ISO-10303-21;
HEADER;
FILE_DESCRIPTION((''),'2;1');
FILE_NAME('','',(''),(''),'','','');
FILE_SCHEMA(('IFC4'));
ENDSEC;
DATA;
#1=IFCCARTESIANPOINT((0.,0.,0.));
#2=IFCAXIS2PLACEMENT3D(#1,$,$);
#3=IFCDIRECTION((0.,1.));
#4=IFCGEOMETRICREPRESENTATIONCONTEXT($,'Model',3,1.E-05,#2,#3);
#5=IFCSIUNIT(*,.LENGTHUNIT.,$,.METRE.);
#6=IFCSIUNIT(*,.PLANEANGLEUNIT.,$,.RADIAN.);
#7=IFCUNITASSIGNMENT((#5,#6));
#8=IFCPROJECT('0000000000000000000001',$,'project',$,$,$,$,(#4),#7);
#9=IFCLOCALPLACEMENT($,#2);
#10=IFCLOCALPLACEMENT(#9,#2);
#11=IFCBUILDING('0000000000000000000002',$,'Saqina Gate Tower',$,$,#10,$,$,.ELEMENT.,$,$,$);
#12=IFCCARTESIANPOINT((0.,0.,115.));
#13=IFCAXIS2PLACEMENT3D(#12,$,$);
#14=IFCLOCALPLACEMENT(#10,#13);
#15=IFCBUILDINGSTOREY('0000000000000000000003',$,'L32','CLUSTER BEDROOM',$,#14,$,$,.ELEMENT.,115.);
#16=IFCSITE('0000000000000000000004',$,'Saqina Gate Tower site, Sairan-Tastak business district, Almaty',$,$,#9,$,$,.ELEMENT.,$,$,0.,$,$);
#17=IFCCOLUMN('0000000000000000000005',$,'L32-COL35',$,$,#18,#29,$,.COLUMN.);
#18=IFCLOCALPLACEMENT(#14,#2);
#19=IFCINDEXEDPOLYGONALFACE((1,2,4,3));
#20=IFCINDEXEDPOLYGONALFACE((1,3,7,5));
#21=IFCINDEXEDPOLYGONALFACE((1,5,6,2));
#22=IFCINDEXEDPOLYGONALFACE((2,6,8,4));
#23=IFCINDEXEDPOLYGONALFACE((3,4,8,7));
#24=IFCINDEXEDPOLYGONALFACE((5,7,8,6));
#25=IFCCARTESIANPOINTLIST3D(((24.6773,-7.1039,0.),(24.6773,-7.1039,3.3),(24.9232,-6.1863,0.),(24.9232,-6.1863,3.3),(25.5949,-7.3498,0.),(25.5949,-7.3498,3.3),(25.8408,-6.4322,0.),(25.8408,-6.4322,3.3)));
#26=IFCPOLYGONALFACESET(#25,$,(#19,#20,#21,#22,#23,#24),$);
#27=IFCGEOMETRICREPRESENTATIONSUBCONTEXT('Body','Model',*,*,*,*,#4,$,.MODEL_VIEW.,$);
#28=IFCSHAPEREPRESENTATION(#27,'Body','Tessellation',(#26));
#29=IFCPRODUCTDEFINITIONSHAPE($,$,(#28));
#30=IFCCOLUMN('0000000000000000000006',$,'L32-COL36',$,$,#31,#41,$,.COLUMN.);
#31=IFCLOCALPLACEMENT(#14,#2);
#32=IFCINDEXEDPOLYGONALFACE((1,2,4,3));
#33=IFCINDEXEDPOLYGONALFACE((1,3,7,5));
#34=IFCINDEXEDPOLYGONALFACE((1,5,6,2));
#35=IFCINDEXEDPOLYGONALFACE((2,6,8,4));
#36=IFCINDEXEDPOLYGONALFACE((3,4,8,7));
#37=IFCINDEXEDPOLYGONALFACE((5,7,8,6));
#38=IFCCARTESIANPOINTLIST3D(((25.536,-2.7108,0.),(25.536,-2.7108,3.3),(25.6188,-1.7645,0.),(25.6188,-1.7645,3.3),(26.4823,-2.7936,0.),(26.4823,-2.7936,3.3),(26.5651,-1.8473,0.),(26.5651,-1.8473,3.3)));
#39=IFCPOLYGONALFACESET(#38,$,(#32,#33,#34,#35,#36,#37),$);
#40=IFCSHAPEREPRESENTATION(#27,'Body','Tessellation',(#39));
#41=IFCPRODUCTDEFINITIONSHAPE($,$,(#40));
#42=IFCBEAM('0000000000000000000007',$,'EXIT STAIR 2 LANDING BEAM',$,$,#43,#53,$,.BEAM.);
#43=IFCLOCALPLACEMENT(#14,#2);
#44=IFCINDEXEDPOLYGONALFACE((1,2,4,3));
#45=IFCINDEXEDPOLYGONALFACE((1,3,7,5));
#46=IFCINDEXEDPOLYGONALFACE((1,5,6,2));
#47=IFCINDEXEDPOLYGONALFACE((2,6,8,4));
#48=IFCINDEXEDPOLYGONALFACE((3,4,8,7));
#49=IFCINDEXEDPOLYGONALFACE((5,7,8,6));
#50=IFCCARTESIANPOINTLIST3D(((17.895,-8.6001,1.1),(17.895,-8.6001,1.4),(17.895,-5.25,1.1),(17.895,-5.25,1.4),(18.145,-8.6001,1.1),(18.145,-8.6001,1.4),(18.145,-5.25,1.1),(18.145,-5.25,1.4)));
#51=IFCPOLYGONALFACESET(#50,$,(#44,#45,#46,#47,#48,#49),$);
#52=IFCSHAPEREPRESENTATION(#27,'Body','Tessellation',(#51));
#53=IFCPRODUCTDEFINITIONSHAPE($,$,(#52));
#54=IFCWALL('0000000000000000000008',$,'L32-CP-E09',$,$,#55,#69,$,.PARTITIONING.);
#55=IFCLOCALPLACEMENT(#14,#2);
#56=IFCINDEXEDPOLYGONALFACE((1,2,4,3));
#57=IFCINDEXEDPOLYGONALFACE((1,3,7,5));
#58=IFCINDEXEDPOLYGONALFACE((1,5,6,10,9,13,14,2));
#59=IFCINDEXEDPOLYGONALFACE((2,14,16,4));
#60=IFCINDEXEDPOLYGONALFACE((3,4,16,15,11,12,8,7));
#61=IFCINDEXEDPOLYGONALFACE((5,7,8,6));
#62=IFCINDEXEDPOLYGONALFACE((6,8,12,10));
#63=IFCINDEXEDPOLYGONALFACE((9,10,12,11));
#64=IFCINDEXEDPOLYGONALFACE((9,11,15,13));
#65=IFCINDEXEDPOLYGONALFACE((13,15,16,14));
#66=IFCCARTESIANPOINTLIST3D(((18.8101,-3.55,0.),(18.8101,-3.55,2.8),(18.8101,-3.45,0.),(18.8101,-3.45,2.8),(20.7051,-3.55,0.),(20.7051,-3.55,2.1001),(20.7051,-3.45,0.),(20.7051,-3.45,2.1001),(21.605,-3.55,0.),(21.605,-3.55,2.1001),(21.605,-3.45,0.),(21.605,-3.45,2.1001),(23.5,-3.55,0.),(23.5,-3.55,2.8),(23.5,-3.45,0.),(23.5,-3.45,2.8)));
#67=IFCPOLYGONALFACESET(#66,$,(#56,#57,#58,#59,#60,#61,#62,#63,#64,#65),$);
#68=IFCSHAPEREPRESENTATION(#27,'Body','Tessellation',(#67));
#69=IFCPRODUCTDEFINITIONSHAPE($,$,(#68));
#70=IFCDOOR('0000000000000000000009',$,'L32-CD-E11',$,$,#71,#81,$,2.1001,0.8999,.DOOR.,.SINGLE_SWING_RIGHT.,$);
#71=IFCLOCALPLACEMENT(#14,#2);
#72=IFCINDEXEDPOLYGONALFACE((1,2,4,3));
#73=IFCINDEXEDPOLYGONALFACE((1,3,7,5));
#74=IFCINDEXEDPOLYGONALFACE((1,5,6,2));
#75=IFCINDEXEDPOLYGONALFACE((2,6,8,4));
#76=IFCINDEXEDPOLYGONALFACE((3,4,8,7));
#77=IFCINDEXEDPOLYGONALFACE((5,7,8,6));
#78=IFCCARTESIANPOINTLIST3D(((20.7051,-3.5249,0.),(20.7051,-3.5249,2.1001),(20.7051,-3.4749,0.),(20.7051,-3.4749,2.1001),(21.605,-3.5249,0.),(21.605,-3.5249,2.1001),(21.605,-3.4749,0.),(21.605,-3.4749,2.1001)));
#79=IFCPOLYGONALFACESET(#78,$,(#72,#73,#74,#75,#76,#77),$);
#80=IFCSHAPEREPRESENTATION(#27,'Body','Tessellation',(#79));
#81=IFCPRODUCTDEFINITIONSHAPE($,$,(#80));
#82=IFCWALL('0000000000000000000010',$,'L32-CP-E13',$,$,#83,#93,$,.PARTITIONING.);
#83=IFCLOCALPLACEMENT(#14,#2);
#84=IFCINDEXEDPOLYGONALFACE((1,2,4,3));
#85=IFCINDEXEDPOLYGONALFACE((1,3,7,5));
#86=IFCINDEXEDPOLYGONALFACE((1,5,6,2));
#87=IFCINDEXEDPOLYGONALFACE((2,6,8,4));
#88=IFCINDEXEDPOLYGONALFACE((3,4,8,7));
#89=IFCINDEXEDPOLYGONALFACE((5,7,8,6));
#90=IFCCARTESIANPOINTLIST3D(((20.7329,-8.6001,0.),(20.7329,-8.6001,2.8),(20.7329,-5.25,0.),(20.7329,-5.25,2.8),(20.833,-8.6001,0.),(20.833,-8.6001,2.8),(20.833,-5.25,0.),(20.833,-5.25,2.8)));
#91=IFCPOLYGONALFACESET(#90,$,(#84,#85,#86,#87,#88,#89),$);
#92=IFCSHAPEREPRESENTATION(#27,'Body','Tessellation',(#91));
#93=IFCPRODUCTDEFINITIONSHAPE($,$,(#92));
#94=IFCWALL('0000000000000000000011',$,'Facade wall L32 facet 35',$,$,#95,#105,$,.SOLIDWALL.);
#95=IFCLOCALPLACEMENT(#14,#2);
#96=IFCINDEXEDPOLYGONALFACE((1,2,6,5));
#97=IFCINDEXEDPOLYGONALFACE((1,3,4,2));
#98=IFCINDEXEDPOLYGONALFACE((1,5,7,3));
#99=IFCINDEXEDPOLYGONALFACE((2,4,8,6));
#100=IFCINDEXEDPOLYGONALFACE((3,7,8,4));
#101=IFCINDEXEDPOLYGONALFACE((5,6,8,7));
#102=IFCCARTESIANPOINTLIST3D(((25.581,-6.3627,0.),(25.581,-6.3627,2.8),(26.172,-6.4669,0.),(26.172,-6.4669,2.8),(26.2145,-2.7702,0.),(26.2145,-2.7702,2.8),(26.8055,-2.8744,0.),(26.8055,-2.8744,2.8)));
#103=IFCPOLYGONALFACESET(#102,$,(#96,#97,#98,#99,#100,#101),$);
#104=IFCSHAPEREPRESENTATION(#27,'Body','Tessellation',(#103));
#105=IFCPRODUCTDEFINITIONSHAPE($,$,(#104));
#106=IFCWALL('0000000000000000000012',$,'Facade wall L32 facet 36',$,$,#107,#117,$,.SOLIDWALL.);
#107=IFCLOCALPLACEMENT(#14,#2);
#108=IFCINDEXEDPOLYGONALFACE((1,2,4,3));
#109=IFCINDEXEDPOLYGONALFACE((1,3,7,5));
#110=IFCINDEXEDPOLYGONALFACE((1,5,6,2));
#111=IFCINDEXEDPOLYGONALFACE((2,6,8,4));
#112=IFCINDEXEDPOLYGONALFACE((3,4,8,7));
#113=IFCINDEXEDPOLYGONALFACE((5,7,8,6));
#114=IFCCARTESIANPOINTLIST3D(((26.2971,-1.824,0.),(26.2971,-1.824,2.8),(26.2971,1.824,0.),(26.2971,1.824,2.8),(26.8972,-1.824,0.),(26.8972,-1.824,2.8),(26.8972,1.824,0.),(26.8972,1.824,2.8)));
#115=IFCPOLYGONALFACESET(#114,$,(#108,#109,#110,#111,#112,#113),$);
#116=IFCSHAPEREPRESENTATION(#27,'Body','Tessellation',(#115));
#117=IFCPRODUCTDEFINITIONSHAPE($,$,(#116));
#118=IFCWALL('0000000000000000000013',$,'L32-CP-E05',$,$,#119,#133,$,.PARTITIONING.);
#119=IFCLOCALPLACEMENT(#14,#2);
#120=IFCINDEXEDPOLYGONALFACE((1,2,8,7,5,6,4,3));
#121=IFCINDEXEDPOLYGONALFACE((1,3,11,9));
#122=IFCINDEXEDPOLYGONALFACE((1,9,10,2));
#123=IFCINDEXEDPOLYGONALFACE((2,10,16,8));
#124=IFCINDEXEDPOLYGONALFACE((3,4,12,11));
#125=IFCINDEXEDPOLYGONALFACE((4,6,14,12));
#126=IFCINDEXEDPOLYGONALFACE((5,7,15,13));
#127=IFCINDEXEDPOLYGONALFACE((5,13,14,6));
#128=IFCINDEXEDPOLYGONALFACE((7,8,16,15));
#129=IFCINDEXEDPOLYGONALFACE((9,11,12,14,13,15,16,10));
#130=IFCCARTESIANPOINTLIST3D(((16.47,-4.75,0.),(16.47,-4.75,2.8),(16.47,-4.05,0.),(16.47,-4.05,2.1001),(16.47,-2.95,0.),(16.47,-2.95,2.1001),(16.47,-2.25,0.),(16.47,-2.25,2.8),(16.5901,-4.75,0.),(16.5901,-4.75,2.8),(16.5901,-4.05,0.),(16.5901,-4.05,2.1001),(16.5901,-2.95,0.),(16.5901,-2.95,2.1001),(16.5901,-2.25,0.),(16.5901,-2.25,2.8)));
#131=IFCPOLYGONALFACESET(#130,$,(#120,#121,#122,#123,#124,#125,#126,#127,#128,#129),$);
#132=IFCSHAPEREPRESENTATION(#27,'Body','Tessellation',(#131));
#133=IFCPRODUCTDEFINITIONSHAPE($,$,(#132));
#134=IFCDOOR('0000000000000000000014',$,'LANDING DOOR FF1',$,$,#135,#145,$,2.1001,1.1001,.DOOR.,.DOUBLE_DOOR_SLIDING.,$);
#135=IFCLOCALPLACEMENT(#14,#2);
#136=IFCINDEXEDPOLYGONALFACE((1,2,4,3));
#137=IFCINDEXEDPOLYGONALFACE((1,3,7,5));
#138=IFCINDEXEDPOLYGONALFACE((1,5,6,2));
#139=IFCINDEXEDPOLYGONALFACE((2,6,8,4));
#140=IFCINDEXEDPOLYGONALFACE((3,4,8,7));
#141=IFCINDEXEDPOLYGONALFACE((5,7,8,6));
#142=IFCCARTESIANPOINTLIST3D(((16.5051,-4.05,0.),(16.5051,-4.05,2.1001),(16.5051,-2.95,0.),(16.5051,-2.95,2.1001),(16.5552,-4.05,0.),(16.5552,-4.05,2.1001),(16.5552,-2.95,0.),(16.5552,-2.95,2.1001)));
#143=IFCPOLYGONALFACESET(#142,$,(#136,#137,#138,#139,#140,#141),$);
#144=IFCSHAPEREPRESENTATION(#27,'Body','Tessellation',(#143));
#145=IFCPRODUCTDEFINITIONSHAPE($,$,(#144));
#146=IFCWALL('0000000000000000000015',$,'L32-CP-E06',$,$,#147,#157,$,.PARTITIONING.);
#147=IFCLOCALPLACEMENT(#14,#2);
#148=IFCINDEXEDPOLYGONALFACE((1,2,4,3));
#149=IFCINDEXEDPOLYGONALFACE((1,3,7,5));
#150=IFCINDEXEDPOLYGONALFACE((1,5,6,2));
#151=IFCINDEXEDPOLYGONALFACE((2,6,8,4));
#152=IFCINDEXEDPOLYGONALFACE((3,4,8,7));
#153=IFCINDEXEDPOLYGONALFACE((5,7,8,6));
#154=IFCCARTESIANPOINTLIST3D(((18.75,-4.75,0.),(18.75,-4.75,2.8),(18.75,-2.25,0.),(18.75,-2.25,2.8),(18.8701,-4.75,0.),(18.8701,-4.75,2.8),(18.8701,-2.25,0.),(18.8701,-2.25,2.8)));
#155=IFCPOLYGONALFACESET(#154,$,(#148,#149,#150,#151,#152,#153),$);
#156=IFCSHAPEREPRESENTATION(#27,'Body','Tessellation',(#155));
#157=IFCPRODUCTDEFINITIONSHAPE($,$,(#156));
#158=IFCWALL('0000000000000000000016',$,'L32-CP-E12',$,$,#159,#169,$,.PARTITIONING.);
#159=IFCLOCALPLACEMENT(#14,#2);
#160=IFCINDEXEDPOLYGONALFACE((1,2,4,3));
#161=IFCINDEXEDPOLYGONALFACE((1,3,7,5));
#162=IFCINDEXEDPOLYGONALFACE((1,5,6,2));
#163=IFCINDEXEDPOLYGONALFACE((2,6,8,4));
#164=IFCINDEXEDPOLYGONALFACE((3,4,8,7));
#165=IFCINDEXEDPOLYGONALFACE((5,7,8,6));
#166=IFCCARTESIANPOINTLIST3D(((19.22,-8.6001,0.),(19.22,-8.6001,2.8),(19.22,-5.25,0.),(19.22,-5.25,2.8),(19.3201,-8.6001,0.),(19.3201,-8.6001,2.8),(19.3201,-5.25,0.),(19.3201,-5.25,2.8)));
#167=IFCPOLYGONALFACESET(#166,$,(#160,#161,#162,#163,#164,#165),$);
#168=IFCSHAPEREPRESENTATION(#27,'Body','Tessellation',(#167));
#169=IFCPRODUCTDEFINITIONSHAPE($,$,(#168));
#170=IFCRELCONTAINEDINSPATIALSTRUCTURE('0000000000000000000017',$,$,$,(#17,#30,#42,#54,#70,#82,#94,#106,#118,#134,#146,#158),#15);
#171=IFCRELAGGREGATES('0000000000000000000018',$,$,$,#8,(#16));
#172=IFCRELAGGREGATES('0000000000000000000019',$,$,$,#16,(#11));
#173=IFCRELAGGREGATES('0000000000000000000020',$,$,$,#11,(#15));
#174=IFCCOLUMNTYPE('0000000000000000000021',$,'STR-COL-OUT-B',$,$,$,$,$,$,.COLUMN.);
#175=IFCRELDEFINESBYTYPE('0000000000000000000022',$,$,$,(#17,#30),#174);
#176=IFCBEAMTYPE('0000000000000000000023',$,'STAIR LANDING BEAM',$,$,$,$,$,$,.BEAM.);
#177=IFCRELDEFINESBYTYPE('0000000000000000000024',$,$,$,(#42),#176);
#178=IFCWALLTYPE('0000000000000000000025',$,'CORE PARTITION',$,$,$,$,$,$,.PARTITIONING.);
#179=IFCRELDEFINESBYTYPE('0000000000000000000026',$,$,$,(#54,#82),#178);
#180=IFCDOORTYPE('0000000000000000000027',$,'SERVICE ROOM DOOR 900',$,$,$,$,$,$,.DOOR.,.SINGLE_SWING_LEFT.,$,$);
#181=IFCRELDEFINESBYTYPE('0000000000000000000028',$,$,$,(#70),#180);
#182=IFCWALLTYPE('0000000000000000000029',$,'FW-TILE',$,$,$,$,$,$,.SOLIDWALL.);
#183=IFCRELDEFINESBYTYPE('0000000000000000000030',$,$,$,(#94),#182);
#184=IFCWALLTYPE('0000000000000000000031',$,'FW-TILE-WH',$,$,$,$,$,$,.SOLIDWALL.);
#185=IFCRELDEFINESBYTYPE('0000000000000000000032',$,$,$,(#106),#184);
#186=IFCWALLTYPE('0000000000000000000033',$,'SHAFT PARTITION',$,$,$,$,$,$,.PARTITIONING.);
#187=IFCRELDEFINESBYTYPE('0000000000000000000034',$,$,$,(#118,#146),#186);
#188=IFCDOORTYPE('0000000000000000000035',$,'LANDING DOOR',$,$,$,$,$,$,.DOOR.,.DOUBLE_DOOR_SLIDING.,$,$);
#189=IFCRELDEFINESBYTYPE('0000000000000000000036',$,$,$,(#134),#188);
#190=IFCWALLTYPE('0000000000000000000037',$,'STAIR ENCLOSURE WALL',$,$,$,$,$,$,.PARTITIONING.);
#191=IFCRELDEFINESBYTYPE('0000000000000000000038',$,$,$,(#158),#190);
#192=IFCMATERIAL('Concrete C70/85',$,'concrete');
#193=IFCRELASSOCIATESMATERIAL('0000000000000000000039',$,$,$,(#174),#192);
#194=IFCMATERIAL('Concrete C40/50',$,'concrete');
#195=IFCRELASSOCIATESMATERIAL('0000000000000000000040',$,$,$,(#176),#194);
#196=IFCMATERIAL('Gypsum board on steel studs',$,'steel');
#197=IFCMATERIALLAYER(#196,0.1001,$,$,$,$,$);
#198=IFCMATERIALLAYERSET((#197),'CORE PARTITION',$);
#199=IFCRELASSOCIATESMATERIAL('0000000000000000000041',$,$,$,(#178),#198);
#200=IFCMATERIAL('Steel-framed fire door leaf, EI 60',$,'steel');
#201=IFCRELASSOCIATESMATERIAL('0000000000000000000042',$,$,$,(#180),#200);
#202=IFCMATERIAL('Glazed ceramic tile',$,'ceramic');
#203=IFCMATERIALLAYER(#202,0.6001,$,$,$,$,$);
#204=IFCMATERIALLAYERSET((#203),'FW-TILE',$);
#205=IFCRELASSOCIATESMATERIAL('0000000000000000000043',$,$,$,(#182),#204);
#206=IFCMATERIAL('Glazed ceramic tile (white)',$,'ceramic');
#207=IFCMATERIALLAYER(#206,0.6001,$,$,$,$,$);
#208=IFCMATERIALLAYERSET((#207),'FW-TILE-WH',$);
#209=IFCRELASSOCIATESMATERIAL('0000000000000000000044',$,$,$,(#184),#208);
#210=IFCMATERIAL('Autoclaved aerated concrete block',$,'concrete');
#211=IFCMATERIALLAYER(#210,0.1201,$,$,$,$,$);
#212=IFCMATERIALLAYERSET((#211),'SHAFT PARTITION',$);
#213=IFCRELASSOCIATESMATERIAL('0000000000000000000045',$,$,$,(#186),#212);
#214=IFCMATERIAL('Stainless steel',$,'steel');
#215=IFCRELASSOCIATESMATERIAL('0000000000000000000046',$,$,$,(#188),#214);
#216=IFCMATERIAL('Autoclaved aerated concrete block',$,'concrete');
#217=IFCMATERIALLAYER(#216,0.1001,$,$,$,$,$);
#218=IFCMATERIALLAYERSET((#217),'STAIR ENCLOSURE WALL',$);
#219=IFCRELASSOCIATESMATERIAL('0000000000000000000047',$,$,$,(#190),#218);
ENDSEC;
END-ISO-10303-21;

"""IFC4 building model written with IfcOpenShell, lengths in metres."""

from ifc_helpers import new_model, si_unit, direction, frame, frame_2d, origin, origin_2d, place, context, subcontext, project, spatial, rectangle, extrude, material, layer, layer_set, material_profile, profile_set, type_object, element, fill, save


model = new_model("IFC4")

# Units and contexts
model_context = context("Model", 3, precision=1e-05, world=origin(), true_north=direction((0.0, 1.0)))
body_context = subcontext(model_context, "Body", "Model", "MODEL_VIEW")
ifc_project = project(units=[si_unit("LENGTHUNIT", "METRE"), si_unit("PLANEANGLEUNIT", "RADIAN")], contexts=[model_context])

# Site, building, storey
site_placement = place(None, origin())
site = spatial("IfcSite", under=ifc_project, at=site_placement, Name="Saqina Gate Tower site, Sairan-Tastak business district, Almaty", CompositionType="ELEMENT", RefElevation=0.0)
building_placement = place(site_placement, origin())
building = spatial("IfcBuilding", under=site, at=building_placement, Name="Saqina Gate Tower", CompositionType="ELEMENT")
storey_placement = place(building_placement, frame((0.0, 0.0, 115.0)))
storey = spatial("IfcBuildingStorey", under=building, at=storey_placement, Name="L32", Description="CLUSTER BEDROOM", CompositionType="ELEMENT", Elevation=115.0)

# Columns
ifc_material_1 = material(Name="Concrete C70/85", Category="concrete")
ifc_material_profile_1 = material_profile(ifc_material_1, rectangle(XDim=0.95, YDim=0.95, at=origin_2d()), Name="RC 950x950")
ifc_profile_set_1 = profile_set([ifc_material_profile_1], Name="Concrete C70/85")
column_type = type_object("IfcColumnType", Name="STR-COL-OUT-B", PredefinedType="COLUMN", material=ifc_profile_set_1)
for number, where, z_axis, x_axis, name in (
    (1, (25.259, -6.7681, 0.0), (0.0, 0.0, 1.0), (0.965926, -0.258819, 0.0), "L32-COL35"),
    (2, (26.0505, -2.2791, 0.0), (0.0, 0.0, 1.0), (0.996195, -0.087156, 0.0), "L32-COL36"),
):
    element("IfcColumn", number, at=place(storey_placement, frame(where, z_axis=z_axis, x_axis=x_axis)), inside=storey, type_object=column_type, Name=name, PredefinedType="COLUMN", context=body_context, shape_type="SweptSolid", body=[
        extrude(rectangle(XDim=0.95, YDim=0.95, at=origin_2d()), origin(), (0.0, 0.0, 1.0), 3.3),
    ])

# Beam
ifc_material_2 = material(Name="Concrete C40/50", Category="concrete")
ifc_material_profile_2 = material_profile(ifc_material_2, rectangle(XDim=0.25, YDim=0.3, at=origin_2d()), Name="STAIR LANDING BEAM")
ifc_profile_set_2 = profile_set([ifc_material_profile_2], Name="Concrete C40/50")
beam_type = type_object("IfcBeamType", Name="STAIR LANDING BEAM", PredefinedType="BEAM", material=ifc_profile_set_2)
beam_placement = place(storey_placement, frame((18.02, -8.6001, 1.25), z_axis=(0.0, 1.0, 0.0), x_axis=(-1.0, 0.0, 0.0)))
element("IfcBeam", 3, at=beam_placement, inside=storey, type_object=beam_type, Name="EXIT STAIR 2 LANDING BEAM", PredefinedType="BEAM", context=body_context, shape_type="SweptSolid", body=[
    extrude(rectangle(XDim=0.25, YDim=0.3, at=origin_2d()), origin(), (0.0, 0.0, 1.0), 3.3501),
])

# Wall, opening, door
ifc_material_3 = material(Name="Gypsum board on steel studs", Category="steel")
ifc_layer_1 = layer(ifc_material_3, 0.1001)
ifc_layer_set_1 = layer_set([ifc_layer_1], Name="CORE PARTITION")
wall_type_1 = type_object("IfcWallType", Name="CORE PARTITION", PredefinedType="PARTITIONING", material=ifc_layer_set_1)
wall_1_placement = place(storey_placement, frame((18.8101, -3.5, 0.0), z_axis=(0.0, 0.0, 1.0), x_axis=(1.0, 0.0, 0.0)))
wall_1 = element("IfcWall", 4, at=wall_1_placement, inside=storey, type_object=wall_type_1, Name="L32-CP-E09", PredefinedType="PARTITIONING", context=body_context, shape_type="SweptSolid", body=[
    extrude(rectangle(XDim=4.6899, YDim=0.1001, at=frame_2d((2.345, 0.0))), origin(), (0.0, 0.0, 1.0), 2.8),
])
opening_1_placement = place(wall_1_placement, frame((1.895, 0.0, 0.0)))
opening_1 = element("IfcOpeningElement", 5, at=opening_1_placement, cuts=wall_1, PredefinedType="OPENING", context=body_context, shape_type="SweptSolid", body=[
    extrude(rectangle(XDim=0.8999, YDim=2.1001, at=frame_2d((0.45, 1.05))), frame((0.0, 0.062, 0.0), z_axis=(0.0, -1.0, 0.0), x_axis=(1.0, 0.0, 0.0)), (0.0, 0.0, 1.0), 0.124),
])
ifc_material_4 = material(Name="Steel-framed fire door leaf, EI 60", Category="steel")
door_type_1 = type_object("IfcDoorType", Name="SERVICE ROOM DOOR 900", OperationType="SINGLE_SWING_LEFT", PredefinedType="DOOR", material=ifc_material_4)
door_1_placement = place(opening_1_placement, frame((0.8999, 0.0, 0.0), z_axis=(0.0, 0.0, 1.0), x_axis=(-1.0, 0.0, 0.0)))
door_1 = element("IfcDoor", 6, at=door_1_placement, inside=storey, type_object=door_type_1, Name="L32-CD-E11", OperationType="SINGLE_SWING_RIGHT", OverallHeight=2.1001, OverallWidth=0.8999, PredefinedType="DOOR", context=body_context, shape_type="SweptSolid", body=[
    extrude(rectangle(XDim=0.8999, YDim=2.1001, at=frame_2d((0.45, 1.05))), frame((0.0, 0.0249, 0.0), z_axis=(0.0, -1.0, 0.0), x_axis=(1.0, 0.0, 0.0)), (0.0, 0.0, 1.0), 0.05),
])
fill(opening_1, door_1)

# Walls
wall_2_placement = place(storey_placement, frame((20.783, -8.6001, 0.0), z_axis=(0.0, 0.0, 1.0), x_axis=(0.0, 1.0, 0.0)))
element("IfcWall", 7, at=wall_2_placement, inside=storey, type_object=wall_type_1, Name="L32-CP-E13", PredefinedType="PARTITIONING", context=body_context, shape_type="SweptSolid", body=[
    extrude(rectangle(XDim=3.3501, YDim=0.1001, at=frame_2d((1.675, 0.0))), origin(), (0.0, 0.0, 1.0), 2.8),
])
ifc_material_5 = material(Name="Glazed ceramic tile", Category="ceramic")
ifc_layer_2 = layer(ifc_material_5, 0.6001)
ifc_layer_set_2 = layer_set([ifc_layer_2], Name="FW-TILE")
wall_type_2 = type_object("IfcWallType", Name="FW-TILE", PredefinedType="SOLIDWALL", material=ifc_layer_set_2)
wall_3_placement = place(storey_placement, frame((25.8765, -6.4148, 0.0), z_axis=(0.0, 0.0, 1.0), x_axis=(0.173671, 0.984804, 0.0)))
element("IfcWall", 8, at=wall_3_placement, inside=storey, type_object=wall_type_2, Name="Facade wall L32 facet 35", PredefinedType="SOLIDWALL", context=body_context, shape_type="SweptSolid", body=[
    extrude(rectangle(XDim=3.6479, YDim=0.6001, at=frame_2d((1.824, 0.0))), origin(), (0.0, 0.0, 1.0), 2.8),
])
ifc_material_6 = material(Name="Glazed ceramic tile (white)", Category="ceramic")
ifc_layer_3 = layer(ifc_material_6, 0.6001)
ifc_layer_set_3 = layer_set([ifc_layer_3], Name="FW-TILE-WH")
wall_type_3 = type_object("IfcWallType", Name="FW-TILE-WH", PredefinedType="SOLIDWALL", material=ifc_layer_set_3)
wall_4_placement = place(storey_placement, frame((26.5972, -1.824, 0.0), z_axis=(0.0, 0.0, 1.0), x_axis=(0.0, 1.0, 0.0)))
element("IfcWall", 9, at=wall_4_placement, inside=storey, type_object=wall_type_3, Name="Facade wall L32 facet 36", PredefinedType="SOLIDWALL", context=body_context, shape_type="SweptSolid", body=[
    extrude(rectangle(XDim=3.6479, YDim=0.6001, at=frame_2d((1.824, 0.0))), origin(), (0.0, 0.0, 1.0), 2.8),
])

# Wall, opening, door
ifc_material_7 = material(Name="Autoclaved aerated concrete block", Category="concrete")
ifc_layer_4 = layer(ifc_material_7, 0.1201)
ifc_layer_set_4 = layer_set([ifc_layer_4], Name="SHAFT PARTITION")
wall_type_4 = type_object("IfcWallType", Name="SHAFT PARTITION", PredefinedType="PARTITIONING", material=ifc_layer_set_4)
wall_5_placement = place(storey_placement, frame((16.53, -4.75, 0.0), z_axis=(0.0, 0.0, 1.0), x_axis=(0.0, 1.0, 0.0)))
wall_5 = element("IfcWall", 10, at=wall_5_placement, inside=storey, type_object=wall_type_4, Name="L32-CP-E05", PredefinedType="PARTITIONING", context=body_context, shape_type="SweptSolid", body=[
    extrude(rectangle(XDim=2.5, YDim=0.1201, at=frame_2d((1.25, 0.0))), origin(), (0.0, 0.0, 1.0), 2.8),
])
opening_2_placement = place(wall_5_placement, frame((0.7, 0.0, 0.0)))
opening_2 = element("IfcOpeningElement", 11, at=opening_2_placement, cuts=wall_5, PredefinedType="OPENING", context=body_context, shape_type="SweptSolid", body=[
    extrude(rectangle(XDim=1.1001, YDim=2.1001, at=frame_2d((0.55, 1.05))), frame((0.0, 0.072, 0.0), z_axis=(0.0, -1.0, 0.0), x_axis=(1.0, 0.0, 0.0)), (0.0, 0.0, 1.0), 0.144),
])
ifc_material_8 = material(Name="Stainless steel", Category="steel")
door_type_2 = type_object("IfcDoorType", Name="LANDING DOOR", OperationType="DOUBLE_DOOR_SLIDING", PredefinedType="DOOR", material=ifc_material_8)
door_2_placement = place(opening_2_placement, origin())
door_2 = element("IfcDoor", 12, at=door_2_placement, inside=storey, type_object=door_type_2, Name="LANDING DOOR FF1", OperationType="DOUBLE_DOOR_SLIDING", OverallHeight=2.1001, OverallWidth=1.1001, PredefinedType="DOOR", context=body_context, shape_type="SweptSolid", body=[
    extrude(rectangle(XDim=1.1001, YDim=2.1001, at=frame_2d((0.55, 1.05))), frame((0.0, 0.0249, 0.0), z_axis=(0.0, -1.0, 0.0), x_axis=(1.0, 0.0, 0.0)), (0.0, 0.0, 1.0), 0.05),
])
fill(opening_2, door_2)

# Walls
wall_6_placement = place(storey_placement, frame((18.8101, -4.75, 0.0), z_axis=(0.0, 0.0, 1.0), x_axis=(0.0, 1.0, 0.0)))
element("IfcWall", 13, at=wall_6_placement, inside=storey, type_object=wall_type_4, Name="L32-CP-E06", PredefinedType="PARTITIONING", context=body_context, shape_type="SweptSolid", body=[
    extrude(rectangle(XDim=2.5, YDim=0.1201, at=frame_2d((1.25, 0.0))), origin(), (0.0, 0.0, 1.0), 2.8),
])
ifc_material_9 = material(Name="Autoclaved aerated concrete block", Category="concrete")
ifc_layer_5 = layer(ifc_material_9, 0.1001)
ifc_layer_set_5 = layer_set([ifc_layer_5], Name="STAIR ENCLOSURE WALL")
wall_type_5 = type_object("IfcWallType", Name="STAIR ENCLOSURE WALL", PredefinedType="PARTITIONING", material=ifc_layer_set_5)
wall_7_placement = place(storey_placement, frame((19.27, -8.6001, 0.0), z_axis=(0.0, 0.0, 1.0), x_axis=(0.0, 1.0, 0.0)))
element("IfcWall", 14, at=wall_7_placement, inside=storey, type_object=wall_type_5, Name="L32-CP-E12", PredefinedType="PARTITIONING", context=body_context, shape_type="SweptSolid", body=[
    extrude(rectangle(XDim=3.3501, YDim=0.1001, at=frame_2d((1.675, 0.0))), origin(), (0.0, 0.0, 1.0), 2.8),
])

save(model, "model.ifc")
